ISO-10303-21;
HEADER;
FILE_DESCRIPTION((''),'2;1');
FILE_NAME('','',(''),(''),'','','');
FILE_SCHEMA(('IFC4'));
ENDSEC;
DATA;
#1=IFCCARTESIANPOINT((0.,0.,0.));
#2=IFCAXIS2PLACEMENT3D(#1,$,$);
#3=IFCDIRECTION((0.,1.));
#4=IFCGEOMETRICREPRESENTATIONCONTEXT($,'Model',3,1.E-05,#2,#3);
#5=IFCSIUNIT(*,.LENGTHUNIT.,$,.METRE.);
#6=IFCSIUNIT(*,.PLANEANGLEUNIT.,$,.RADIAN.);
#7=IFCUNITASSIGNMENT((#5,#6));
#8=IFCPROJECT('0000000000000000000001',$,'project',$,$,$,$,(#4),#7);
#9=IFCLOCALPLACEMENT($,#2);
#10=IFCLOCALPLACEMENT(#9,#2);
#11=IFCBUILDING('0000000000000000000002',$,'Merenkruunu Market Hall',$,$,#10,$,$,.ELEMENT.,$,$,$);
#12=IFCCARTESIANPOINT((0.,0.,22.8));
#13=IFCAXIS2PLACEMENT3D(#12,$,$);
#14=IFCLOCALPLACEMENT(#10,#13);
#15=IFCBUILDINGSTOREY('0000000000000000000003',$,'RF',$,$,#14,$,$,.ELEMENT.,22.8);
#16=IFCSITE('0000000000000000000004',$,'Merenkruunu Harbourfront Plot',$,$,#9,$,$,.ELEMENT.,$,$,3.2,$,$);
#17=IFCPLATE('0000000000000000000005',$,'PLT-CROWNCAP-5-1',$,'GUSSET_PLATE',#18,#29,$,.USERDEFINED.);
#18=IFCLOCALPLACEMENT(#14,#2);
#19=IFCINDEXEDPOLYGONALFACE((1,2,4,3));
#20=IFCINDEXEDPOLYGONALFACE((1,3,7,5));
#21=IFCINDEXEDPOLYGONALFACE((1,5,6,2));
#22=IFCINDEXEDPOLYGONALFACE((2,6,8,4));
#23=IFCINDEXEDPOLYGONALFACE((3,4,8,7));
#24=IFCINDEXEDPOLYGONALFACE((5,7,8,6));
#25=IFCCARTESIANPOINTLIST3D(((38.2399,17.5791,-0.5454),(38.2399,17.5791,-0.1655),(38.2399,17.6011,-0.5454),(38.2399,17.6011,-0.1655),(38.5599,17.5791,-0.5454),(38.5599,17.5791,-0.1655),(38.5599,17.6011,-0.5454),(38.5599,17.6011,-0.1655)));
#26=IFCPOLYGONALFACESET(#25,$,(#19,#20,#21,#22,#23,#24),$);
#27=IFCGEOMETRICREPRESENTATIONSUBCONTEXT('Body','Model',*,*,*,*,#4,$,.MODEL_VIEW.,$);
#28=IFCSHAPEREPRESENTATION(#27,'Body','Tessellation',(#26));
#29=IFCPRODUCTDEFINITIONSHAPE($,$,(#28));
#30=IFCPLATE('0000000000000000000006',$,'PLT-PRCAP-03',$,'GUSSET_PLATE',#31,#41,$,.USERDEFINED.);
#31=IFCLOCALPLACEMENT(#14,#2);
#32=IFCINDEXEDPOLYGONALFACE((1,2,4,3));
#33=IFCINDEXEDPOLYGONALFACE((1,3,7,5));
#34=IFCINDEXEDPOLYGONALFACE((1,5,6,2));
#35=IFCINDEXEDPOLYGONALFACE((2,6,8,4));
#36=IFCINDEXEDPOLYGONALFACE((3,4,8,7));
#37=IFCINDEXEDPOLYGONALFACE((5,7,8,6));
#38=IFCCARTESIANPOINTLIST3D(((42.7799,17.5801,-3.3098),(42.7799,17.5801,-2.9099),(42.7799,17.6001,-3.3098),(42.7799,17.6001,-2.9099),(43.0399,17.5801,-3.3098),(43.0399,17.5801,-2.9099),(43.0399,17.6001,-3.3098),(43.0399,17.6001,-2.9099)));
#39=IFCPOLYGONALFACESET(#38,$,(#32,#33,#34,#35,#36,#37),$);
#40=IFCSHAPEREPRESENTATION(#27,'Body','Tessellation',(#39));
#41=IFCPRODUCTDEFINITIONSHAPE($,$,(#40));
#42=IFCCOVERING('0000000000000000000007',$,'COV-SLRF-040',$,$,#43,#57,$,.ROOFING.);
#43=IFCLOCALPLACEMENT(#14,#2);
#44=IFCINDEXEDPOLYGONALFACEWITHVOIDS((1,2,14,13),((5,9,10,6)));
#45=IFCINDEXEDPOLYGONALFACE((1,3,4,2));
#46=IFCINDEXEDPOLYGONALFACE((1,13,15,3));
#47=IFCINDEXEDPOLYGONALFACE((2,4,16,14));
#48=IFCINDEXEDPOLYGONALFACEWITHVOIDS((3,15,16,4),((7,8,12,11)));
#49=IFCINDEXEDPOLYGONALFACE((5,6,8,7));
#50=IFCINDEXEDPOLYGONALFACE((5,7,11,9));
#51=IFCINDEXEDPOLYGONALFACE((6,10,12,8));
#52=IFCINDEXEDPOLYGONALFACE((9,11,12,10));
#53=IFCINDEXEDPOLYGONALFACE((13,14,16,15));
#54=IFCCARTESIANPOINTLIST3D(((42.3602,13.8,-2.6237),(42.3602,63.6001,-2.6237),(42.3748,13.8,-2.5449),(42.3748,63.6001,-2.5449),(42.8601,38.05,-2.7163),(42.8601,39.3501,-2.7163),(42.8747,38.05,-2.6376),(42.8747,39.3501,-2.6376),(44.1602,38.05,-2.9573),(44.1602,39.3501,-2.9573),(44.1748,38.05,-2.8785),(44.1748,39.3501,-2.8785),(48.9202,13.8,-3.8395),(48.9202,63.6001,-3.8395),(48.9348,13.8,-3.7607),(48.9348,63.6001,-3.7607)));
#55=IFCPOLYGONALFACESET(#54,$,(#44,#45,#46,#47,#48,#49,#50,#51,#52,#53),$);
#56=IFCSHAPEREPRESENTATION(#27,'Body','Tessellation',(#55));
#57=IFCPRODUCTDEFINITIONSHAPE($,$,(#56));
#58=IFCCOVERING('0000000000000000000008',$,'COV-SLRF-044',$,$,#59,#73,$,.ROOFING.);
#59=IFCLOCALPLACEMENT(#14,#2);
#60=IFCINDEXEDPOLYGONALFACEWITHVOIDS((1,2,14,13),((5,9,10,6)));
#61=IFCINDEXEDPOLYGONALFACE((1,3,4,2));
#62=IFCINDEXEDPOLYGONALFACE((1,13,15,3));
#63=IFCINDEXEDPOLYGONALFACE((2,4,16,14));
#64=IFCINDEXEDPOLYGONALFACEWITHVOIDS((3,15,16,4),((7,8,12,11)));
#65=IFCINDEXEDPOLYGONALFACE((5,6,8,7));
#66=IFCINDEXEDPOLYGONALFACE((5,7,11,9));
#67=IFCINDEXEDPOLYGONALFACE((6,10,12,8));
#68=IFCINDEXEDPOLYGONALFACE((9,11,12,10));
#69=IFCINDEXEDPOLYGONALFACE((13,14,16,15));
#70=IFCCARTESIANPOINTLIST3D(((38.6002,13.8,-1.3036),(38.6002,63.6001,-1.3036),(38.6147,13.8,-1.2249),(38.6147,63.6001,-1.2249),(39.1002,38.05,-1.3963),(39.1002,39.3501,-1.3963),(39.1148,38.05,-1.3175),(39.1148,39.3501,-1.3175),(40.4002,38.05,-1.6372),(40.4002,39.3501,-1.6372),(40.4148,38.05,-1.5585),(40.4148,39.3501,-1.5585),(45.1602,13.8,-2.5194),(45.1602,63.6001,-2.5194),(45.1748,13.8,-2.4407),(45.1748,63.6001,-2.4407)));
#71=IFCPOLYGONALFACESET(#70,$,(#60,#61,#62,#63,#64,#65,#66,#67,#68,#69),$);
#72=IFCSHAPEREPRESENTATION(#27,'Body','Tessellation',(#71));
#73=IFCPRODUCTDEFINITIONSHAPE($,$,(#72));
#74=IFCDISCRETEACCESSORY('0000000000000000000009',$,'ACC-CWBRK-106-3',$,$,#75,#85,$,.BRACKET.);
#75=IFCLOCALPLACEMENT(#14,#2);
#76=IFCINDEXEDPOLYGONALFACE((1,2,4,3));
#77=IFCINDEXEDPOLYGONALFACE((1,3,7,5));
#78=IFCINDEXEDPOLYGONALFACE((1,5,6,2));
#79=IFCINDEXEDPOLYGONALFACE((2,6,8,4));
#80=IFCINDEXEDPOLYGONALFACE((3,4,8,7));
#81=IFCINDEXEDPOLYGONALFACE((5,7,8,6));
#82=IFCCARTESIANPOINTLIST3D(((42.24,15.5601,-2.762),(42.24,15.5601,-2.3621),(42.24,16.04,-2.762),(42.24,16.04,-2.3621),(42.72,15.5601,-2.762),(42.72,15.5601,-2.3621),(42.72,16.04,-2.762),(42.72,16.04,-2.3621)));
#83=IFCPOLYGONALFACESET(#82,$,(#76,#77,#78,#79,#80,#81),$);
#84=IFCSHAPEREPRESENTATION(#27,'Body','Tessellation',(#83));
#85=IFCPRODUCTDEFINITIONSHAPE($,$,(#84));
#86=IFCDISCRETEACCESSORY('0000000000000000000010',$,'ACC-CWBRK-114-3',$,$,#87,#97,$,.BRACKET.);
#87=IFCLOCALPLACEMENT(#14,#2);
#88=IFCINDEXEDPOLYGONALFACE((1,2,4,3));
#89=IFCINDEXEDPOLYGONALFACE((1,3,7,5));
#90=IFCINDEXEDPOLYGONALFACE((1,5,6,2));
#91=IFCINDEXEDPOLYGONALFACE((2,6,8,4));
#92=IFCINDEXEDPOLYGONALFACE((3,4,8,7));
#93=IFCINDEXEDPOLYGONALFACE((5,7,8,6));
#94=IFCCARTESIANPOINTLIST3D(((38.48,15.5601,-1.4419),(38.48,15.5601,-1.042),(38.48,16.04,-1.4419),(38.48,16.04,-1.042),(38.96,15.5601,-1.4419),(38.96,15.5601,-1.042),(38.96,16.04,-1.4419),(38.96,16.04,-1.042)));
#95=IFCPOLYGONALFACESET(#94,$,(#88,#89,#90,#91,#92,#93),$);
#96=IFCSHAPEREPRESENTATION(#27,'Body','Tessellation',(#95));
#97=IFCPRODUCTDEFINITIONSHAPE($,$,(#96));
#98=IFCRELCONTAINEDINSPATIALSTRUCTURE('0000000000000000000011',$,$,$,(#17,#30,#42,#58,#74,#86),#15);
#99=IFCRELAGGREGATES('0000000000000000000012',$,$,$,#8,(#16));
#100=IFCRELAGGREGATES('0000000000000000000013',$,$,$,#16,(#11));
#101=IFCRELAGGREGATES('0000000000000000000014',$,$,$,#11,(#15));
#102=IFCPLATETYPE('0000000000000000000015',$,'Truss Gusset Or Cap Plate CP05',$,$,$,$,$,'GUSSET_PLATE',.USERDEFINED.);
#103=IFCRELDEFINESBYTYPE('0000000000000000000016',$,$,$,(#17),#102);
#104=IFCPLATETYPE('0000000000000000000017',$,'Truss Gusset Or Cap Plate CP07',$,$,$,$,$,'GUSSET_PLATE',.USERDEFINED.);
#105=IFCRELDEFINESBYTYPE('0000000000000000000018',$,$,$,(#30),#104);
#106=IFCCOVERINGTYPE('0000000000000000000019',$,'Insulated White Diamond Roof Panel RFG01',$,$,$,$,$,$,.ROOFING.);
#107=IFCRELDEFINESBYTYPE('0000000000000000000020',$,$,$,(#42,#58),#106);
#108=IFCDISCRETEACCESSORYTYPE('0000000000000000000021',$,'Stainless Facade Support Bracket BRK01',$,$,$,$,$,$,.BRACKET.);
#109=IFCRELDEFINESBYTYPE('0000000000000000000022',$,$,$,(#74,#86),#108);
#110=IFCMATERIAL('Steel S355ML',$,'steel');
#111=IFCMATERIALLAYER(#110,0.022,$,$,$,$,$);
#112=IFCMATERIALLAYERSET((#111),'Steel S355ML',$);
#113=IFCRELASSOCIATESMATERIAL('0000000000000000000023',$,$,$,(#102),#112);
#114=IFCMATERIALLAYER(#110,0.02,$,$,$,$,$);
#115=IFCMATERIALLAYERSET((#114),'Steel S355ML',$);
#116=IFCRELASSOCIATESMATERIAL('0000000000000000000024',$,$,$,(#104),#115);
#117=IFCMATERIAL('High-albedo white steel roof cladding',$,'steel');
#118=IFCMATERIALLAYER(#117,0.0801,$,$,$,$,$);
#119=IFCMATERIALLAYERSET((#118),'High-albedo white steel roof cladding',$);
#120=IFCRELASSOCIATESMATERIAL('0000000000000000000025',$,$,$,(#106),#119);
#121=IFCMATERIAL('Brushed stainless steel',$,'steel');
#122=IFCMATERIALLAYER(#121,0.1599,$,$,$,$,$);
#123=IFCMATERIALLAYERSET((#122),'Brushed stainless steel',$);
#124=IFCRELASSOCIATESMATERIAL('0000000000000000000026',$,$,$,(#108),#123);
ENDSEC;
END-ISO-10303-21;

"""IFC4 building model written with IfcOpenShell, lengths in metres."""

from ifc_helpers import new_model, si_unit, direction, frame, origin, origin_2d, place, context, subcontext, project, spatial, polyline, rectangle, outline, extrude, material, layer, layer_set, type_object, element, save


model = new_model("IFC4")

# Units and contexts
model_context = context("Model", 3, precision=1e-05, world=origin(), true_north=direction((0.0, 1.0)))
body_context = subcontext(model_context, "Body", "Model", "MODEL_VIEW")
ifc_project = project(units=[si_unit("LENGTHUNIT", "METRE"), si_unit("PLANEANGLEUNIT", "RADIAN")], contexts=[model_context])

# Site, building, storey
site_placement = place(None, origin())
site = spatial("IfcSite", under=ifc_project, at=site_placement, Name="Merenkruunu Harbourfront Plot", CompositionType="ELEMENT", RefElevation=3.2)
building_placement = place(site_placement, origin())
building = spatial("IfcBuilding", under=site, at=building_placement, Name="Merenkruunu Market Hall", CompositionType="ELEMENT")
storey_placement = place(building_placement, frame((0.0, 0.0, 22.8)))
storey = spatial("IfcBuildingStorey", under=building, at=storey_placement, Name="RF", CompositionType="ELEMENT", Elevation=22.8)

# Shared definitions
ifc_material_1 = material(Name="Steel S355ML", Category="steel")

# Plates
ifc_layer_1 = layer(ifc_material_1, 0.022)
ifc_layer_set_1 = layer_set([ifc_layer_1], Name="Steel S355ML")
plate_type_1 = type_object("IfcPlateType", Name="Truss Gusset Or Cap Plate CP05", ElementType="GUSSET_PLATE", PredefinedType="USERDEFINED", material=ifc_layer_set_1)
plate_1_placement = place(storey_placement, frame((38.3999, 17.5901, -0.5454), z_axis=(0.0, 0.0, 1.0), x_axis=(1.0, 0.0, 0.0)))
element("IfcPlate", 1, at=plate_1_placement, inside=storey, type_object=plate_type_1, Name="PLT-CROWNCAP-5-1", ObjectType="GUSSET_PLATE", PredefinedType="USERDEFINED", context=body_context, shape_type="SweptSolid", body=[
    extrude(rectangle(XDim=0.3201, YDim=0.022, at=origin_2d()), origin(), (0.0, 0.0, 1.0), 0.3799),
])
ifc_layer_2 = layer(ifc_material_1, 0.02)
ifc_layer_set_2 = layer_set([ifc_layer_2], Name="Steel S355ML")
plate_type_2 = type_object("IfcPlateType", Name="Truss Gusset Or Cap Plate CP07", ElementType="GUSSET_PLATE", PredefinedType="USERDEFINED", material=ifc_layer_set_2)
plate_2_placement = place(storey_placement, frame((42.9099, 17.5901, -3.3098), z_axis=(0.0, 0.0, 1.0), x_axis=(1.0, 0.0, 0.0)))
element("IfcPlate", 2, at=plate_2_placement, inside=storey, type_object=plate_type_2, Name="PLT-PRCAP-03", ObjectType="GUSSET_PLATE", PredefinedType="USERDEFINED", context=body_context, shape_type="SweptSolid", body=[
    extrude(rectangle(XDim=0.26, YDim=0.02, at=origin_2d()), origin(), (0.0, 0.0, 1.0), 0.3999),
])

# Coverings
ifc_material_2 = material(Name="High-albedo white steel roof cladding", Category="steel")
ifc_layer_3 = layer(ifc_material_2, 0.0801)
ifc_layer_set_3 = layer_set([ifc_layer_3], Name="High-albedo white steel roof cladding")
covering_type = type_object("IfcCoveringType", Name="Insulated White Diamond Roof Panel RFG01", PredefinedType="ROOFING", material=ifc_layer_set_3)
covering_1_placement = place(storey_placement, frame((42.3748, 13.8, -2.5449), z_axis=(0.182233, 0.0, 0.983255), x_axis=(0.983255, 0.0, -0.182233)))
element("IfcCovering", 3, at=covering_1_placement, inside=storey, type_object=covering_type, Name="COV-SLRF-040", PredefinedType="ROOFING", context=body_context, shape_type="SweptSolid", body=[
    extrude(outline(polyline([(0.0, 0.0), (6.6718, 0.0), (6.6718, 49.8), (0.0, 49.8), (0.0, 0.0)]), holes=[polyline([(0.5085, 24.25), (1.8307, 24.25), (1.8307, 25.55), (0.5085, 25.55), (0.5085, 24.25)])]), origin(), (0.0, 0.0, -1.0), 0.0801),
])
covering_2_placement = place(storey_placement, frame((38.6147, 13.8, -1.2249), z_axis=(0.182233, 0.0, 0.983255), x_axis=(0.983255, 0.0, -0.182233)))
element("IfcCovering", 4, at=covering_2_placement, inside=storey, type_object=covering_type, Name="COV-SLRF-044", PredefinedType="ROOFING", context=body_context, shape_type="SweptSolid", body=[
    extrude(outline(polyline([(0.0, 0.0), (6.6718, 0.0), (6.6718, 49.8), (0.0, 49.8), (0.0, 0.0)]), holes=[polyline([(0.5085, 24.25), (1.8307, 24.25), (1.8307, 25.55), (0.5085, 25.55), (0.5085, 24.25)])]), origin(), (0.0, 0.0, -1.0), 0.0801),
])

# Discrete accessories
ifc_material_3 = material(Name="Brushed stainless steel", Category="steel")
ifc_layer_4 = layer(ifc_material_3, 0.1599)
ifc_layer_set_4 = layer_set([ifc_layer_4], Name="Brushed stainless steel")
discrete_accessory_type = type_object("IfcDiscreteAccessoryType", Name="Stainless Facade Support Bracket BRK01", PredefinedType="BRACKET", material=ifc_layer_set_4)
for number, where, z_axis, x_axis, name in (
    (5, (42.48, 15.8, -2.762), (0.0, 0.0, 1.0), (1.0, 0.0, 0.0), "ACC-CWBRK-106-3"),
    (6, (38.72, 15.8, -1.4419), (0.0, 0.0, 1.0), (1.0, 0.0, 0.0), "ACC-CWBRK-114-3"),
):
    element("IfcDiscreteAccessory", number, at=place(storey_placement, frame(where, z_axis=z_axis, x_axis=x_axis)), inside=storey, type_object=discrete_accessory_type, Name=name, PredefinedType="BRACKET", context=body_context, shape_type="SweptSolid", body=[
        extrude(rectangle(XDim=0.48, YDim=0.48, at=origin_2d()), origin(), (0.0, 0.0, 1.0), 0.3999),
    ])

save(model, "model.ifc")
